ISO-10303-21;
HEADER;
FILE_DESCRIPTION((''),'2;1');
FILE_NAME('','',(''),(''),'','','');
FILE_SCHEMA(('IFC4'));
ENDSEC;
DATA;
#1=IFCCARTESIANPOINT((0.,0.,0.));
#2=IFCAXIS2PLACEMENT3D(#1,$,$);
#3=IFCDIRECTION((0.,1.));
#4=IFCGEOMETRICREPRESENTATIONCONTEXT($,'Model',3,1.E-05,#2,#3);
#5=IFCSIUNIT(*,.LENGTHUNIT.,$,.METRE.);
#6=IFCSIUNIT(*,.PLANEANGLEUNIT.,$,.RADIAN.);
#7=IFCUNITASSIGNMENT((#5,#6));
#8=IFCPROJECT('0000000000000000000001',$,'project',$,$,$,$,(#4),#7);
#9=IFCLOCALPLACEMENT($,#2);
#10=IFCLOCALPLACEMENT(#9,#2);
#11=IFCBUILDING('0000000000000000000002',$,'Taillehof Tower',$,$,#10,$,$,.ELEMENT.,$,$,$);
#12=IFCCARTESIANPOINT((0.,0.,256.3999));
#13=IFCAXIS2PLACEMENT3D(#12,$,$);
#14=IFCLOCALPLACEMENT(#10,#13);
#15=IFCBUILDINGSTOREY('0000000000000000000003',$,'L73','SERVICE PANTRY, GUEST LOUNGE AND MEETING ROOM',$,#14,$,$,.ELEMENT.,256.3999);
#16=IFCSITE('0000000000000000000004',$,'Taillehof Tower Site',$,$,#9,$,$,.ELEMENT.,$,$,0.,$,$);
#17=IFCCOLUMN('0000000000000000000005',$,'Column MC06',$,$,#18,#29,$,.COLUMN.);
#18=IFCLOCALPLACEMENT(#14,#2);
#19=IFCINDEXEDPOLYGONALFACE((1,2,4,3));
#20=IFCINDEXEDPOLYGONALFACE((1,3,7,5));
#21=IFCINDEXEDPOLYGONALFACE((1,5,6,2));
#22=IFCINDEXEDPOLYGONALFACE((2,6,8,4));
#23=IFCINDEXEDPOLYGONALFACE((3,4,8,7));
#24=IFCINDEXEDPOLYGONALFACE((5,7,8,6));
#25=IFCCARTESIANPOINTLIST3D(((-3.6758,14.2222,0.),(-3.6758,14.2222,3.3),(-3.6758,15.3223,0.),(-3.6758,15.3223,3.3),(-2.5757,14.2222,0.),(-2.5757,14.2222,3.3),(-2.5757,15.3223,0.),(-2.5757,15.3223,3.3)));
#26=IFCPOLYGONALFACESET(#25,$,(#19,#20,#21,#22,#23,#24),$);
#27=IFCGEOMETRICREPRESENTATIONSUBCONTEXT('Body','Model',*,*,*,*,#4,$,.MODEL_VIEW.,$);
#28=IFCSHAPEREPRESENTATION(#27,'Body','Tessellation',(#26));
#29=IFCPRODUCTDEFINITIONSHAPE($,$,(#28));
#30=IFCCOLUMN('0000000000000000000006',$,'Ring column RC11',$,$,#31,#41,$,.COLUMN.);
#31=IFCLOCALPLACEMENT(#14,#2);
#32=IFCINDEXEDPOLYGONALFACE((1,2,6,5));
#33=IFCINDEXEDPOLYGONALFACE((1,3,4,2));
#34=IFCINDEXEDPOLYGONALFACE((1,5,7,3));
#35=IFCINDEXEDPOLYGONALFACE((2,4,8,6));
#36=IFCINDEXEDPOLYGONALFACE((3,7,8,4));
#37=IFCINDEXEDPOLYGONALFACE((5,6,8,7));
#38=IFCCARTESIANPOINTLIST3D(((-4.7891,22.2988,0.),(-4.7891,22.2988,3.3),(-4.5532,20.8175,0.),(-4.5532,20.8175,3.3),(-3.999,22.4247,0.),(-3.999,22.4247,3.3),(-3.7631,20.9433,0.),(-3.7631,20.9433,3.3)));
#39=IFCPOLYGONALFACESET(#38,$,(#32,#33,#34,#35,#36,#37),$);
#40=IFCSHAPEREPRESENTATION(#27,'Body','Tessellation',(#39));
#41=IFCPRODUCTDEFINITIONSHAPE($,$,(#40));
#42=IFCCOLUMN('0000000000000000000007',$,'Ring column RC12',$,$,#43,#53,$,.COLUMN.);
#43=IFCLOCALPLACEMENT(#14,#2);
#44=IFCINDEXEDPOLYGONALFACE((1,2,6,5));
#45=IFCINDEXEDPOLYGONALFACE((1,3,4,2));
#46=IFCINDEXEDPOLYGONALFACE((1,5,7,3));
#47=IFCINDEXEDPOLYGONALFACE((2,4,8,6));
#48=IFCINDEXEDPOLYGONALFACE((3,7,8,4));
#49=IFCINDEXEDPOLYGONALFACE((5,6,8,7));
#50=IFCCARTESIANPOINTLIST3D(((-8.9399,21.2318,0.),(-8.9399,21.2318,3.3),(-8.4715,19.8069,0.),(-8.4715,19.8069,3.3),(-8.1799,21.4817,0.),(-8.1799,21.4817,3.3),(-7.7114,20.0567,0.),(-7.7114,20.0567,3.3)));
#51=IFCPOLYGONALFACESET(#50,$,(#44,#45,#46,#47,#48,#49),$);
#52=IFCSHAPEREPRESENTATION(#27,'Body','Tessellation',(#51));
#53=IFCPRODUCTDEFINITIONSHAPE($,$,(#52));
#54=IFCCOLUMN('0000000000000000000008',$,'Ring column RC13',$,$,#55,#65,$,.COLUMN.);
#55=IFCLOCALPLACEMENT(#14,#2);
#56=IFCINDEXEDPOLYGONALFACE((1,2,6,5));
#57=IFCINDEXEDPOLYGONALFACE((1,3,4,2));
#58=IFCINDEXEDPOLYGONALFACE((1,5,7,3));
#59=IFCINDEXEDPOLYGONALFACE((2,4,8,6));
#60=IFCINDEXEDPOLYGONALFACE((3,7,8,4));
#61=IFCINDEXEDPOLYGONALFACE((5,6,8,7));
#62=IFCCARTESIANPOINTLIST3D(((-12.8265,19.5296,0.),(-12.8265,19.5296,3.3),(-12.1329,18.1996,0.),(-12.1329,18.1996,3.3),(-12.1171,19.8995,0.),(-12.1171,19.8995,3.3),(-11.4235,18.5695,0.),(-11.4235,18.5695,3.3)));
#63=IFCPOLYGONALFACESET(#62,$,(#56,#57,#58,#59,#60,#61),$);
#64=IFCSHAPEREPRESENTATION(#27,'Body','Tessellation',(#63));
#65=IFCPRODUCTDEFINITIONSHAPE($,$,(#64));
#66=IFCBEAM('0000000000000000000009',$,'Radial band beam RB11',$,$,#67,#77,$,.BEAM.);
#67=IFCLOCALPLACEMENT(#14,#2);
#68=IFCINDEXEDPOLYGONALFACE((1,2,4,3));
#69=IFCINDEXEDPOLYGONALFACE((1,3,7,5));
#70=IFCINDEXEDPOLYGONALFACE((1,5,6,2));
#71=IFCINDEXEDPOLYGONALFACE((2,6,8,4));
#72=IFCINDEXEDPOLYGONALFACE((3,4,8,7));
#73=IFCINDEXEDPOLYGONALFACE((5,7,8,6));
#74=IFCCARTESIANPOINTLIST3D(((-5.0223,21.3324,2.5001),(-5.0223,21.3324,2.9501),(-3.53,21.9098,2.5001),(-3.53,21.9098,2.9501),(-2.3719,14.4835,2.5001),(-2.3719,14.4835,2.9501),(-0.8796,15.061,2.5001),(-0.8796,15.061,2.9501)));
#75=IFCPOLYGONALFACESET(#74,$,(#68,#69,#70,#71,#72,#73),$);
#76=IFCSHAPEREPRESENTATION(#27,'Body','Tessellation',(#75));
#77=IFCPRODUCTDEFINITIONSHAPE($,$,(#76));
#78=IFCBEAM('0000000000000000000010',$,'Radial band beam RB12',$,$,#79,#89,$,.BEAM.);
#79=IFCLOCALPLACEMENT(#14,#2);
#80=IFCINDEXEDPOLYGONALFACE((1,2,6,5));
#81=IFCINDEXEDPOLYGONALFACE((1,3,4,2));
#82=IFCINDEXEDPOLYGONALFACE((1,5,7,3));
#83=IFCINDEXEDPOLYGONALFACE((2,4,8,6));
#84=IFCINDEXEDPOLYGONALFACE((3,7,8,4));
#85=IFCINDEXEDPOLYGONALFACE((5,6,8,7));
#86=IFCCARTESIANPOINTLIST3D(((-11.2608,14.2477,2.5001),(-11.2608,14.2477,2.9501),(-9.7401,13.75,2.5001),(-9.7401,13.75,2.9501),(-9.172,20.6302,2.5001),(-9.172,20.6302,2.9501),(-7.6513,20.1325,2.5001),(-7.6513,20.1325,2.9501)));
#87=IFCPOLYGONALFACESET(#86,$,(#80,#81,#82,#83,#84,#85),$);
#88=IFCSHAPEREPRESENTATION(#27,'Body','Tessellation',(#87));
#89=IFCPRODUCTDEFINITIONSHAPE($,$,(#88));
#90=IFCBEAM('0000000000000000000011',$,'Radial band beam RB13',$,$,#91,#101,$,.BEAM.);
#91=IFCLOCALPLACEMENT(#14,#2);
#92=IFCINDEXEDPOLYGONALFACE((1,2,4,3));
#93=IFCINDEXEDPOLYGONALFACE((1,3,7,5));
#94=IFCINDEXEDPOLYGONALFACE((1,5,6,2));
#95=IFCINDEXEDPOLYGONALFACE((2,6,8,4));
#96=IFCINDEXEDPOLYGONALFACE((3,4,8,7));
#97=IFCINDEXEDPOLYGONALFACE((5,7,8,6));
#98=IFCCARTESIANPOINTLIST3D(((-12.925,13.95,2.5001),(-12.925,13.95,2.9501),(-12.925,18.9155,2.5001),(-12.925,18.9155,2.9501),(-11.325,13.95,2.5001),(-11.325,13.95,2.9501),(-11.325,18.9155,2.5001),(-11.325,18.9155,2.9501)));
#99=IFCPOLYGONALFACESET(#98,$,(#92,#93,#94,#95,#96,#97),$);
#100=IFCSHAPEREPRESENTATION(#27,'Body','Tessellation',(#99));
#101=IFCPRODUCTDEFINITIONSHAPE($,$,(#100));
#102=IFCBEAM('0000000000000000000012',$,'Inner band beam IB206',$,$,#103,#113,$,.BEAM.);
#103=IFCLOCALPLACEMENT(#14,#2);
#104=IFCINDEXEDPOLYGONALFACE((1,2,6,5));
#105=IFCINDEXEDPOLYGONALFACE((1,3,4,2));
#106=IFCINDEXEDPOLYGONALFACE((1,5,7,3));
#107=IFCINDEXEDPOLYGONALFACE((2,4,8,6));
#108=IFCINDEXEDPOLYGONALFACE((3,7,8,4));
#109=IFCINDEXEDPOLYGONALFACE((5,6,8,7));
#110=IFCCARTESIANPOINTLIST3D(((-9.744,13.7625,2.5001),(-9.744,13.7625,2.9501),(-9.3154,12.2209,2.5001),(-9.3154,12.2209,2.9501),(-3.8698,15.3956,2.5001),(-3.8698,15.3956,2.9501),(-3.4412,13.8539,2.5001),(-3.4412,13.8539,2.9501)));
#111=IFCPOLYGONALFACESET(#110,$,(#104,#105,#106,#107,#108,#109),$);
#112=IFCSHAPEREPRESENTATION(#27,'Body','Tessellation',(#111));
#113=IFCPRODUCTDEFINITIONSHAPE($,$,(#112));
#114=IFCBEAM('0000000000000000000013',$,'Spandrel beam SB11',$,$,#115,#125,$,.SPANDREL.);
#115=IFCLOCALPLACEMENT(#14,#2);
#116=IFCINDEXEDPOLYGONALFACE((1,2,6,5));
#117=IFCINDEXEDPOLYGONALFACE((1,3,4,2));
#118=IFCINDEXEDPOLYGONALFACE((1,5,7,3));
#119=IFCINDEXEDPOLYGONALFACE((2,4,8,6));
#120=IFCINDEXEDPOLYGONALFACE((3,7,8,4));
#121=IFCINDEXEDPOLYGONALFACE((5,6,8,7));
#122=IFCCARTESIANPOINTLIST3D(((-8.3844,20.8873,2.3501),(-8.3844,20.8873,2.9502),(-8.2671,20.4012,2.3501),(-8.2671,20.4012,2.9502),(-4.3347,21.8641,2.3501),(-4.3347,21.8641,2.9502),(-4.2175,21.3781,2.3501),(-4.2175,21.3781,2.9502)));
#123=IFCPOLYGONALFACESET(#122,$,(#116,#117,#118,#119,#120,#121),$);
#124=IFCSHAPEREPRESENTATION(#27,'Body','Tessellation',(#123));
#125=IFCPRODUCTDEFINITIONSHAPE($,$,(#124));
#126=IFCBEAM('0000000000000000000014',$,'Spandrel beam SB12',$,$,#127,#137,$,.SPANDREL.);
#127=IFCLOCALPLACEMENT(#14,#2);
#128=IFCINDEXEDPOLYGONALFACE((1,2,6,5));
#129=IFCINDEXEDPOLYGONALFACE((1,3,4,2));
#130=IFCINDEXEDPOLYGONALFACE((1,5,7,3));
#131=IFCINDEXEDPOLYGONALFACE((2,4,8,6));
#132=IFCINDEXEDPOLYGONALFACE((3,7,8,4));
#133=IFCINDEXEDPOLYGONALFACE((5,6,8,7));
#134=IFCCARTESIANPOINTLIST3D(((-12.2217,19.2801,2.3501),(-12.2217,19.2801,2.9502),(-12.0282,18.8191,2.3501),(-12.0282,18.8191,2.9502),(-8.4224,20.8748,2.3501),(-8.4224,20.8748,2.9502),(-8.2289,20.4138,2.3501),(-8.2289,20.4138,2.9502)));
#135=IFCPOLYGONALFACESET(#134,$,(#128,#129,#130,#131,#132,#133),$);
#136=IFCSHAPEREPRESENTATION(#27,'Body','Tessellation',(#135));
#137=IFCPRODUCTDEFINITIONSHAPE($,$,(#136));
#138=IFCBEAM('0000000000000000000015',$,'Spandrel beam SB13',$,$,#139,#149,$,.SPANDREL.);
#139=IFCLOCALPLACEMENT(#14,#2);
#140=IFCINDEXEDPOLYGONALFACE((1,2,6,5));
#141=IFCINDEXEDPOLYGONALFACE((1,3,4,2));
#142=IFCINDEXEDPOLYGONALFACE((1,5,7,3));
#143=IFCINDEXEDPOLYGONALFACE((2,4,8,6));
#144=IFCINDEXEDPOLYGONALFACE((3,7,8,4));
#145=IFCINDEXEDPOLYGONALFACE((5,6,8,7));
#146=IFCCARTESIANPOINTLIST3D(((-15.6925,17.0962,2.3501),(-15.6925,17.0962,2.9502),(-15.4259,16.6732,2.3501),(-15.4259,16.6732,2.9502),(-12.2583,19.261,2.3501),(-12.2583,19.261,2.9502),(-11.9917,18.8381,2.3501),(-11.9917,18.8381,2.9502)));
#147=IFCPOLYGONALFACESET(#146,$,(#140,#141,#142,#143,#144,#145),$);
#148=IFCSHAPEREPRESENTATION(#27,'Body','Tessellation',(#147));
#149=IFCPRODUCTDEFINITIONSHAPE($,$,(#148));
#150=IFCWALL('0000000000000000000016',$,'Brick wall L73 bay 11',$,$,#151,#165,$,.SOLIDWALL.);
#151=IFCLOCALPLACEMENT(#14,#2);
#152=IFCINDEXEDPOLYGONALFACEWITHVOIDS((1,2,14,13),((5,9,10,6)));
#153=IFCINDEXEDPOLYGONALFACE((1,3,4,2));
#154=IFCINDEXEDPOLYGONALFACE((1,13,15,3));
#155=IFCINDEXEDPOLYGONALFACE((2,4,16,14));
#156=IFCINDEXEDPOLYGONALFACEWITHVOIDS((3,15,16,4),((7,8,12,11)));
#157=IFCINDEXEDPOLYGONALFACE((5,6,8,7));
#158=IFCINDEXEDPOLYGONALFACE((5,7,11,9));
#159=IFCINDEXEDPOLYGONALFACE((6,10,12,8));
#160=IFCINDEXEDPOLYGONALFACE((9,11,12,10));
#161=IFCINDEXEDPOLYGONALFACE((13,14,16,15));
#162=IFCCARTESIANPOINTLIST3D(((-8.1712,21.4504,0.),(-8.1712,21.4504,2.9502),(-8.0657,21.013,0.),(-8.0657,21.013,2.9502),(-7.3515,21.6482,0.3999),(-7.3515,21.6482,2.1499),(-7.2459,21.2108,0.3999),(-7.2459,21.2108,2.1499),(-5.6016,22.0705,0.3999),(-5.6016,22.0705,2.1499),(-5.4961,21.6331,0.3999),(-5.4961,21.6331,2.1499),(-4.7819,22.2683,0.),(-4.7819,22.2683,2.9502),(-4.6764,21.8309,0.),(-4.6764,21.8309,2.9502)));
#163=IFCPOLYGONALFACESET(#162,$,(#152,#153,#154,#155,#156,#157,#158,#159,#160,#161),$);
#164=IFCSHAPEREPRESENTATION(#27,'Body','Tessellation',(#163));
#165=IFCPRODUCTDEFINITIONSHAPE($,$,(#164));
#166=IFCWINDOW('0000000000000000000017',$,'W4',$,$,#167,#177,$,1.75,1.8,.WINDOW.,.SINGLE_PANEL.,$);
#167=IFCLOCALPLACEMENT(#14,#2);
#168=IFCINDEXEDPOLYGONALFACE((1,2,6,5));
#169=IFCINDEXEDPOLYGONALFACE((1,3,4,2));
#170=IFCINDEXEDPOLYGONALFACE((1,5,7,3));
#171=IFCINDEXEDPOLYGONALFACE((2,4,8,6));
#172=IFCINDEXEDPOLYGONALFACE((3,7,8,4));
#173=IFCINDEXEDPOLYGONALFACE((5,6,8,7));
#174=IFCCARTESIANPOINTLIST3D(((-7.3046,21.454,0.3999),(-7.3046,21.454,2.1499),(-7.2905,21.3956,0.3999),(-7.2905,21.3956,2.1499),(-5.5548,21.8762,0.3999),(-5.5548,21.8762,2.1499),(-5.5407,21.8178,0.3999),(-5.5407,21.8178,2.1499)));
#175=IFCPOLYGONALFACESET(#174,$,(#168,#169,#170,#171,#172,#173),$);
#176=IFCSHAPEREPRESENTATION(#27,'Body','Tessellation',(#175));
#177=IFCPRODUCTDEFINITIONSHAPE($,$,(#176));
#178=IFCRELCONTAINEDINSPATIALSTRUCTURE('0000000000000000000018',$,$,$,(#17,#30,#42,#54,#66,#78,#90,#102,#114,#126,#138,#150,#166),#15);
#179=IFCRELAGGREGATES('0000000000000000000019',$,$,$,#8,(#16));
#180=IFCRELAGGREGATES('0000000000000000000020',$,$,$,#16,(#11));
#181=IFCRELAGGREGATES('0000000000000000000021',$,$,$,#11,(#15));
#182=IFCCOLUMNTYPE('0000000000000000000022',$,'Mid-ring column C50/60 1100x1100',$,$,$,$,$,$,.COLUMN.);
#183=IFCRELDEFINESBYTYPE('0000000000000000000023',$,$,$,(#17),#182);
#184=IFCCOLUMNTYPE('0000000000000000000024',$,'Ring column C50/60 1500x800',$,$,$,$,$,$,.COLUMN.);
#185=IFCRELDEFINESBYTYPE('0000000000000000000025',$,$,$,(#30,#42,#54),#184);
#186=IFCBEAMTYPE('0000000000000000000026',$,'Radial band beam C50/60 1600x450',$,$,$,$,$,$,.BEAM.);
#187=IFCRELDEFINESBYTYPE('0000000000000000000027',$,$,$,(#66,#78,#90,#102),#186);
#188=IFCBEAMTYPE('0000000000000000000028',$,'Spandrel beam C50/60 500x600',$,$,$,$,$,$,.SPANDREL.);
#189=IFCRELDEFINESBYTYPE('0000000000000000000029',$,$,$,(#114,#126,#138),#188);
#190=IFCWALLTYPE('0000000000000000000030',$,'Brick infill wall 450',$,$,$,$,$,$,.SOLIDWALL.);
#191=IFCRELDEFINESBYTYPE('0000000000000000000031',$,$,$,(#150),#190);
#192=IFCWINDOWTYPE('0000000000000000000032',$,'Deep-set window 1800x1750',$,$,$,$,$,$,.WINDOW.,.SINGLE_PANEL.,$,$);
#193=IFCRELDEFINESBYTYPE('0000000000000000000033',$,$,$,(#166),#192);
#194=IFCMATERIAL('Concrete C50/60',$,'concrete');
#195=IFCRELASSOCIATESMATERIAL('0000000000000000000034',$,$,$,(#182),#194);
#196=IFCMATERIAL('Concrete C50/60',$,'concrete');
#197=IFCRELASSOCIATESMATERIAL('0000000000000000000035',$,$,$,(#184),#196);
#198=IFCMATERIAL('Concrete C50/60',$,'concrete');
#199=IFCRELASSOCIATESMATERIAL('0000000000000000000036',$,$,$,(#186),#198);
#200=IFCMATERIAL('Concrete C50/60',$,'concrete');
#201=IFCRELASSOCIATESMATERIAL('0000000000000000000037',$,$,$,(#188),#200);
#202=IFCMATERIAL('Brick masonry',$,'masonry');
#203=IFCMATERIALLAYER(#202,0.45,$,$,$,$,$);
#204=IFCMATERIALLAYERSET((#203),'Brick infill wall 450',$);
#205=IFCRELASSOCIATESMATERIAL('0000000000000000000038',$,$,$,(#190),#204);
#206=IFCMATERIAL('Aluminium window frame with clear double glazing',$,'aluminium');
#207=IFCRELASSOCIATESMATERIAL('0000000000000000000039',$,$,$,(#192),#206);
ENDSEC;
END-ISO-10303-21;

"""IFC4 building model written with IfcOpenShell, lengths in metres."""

from ifc_helpers import new_model, si_unit, direction, frame, frame_2d, origin, origin_2d, place, context, subcontext, project, spatial, rectangle, extrude, material, layer, layer_set, material_profile, profile_set, type_object, element, fill, save


model = new_model("IFC4")

# Units and contexts
model_context = context("Model", 3, precision=1e-05, world=origin(), true_north=direction((0.0, 1.0)))
body_context = subcontext(model_context, "Body", "Model", "MODEL_VIEW")
ifc_project = project(units=[si_unit("LENGTHUNIT", "METRE"), si_unit("PLANEANGLEUNIT", "RADIAN")], contexts=[model_context])

# Site, building, storey
site_placement = place(None, origin())
site = spatial("IfcSite", under=ifc_project, at=site_placement, Name="Taillehof Tower Site", CompositionType="ELEMENT", RefElevation=0.0)
building_placement = place(site_placement, origin())
building = spatial("IfcBuilding", under=site, at=building_placement, Name="Taillehof Tower", CompositionType="ELEMENT")
storey_placement = place(building_placement, frame((0.0, 0.0, 256.3999)))
storey = spatial("IfcBuildingStorey", under=building, at=storey_placement, Name="L73", Description="SERVICE PANTRY, GUEST LOUNGE AND MEETING ROOM", CompositionType="ELEMENT", Elevation=256.3999)

# Columns
ifc_material_1 = material(Name="Concrete C50/60", Category="concrete")
ifc_material_profile_1 = material_profile(ifc_material_1, rectangle(XDim=1.1001, YDim=1.1001, at=origin_2d()), Name="RC 1100x1100")
ifc_profile_set_1 = profile_set([ifc_material_profile_1], Name="Concrete C50/60")
column_type_1 = type_object("IfcColumnType", Name="Mid-ring column C50/60 1100x1100", PredefinedType="COLUMN", material=ifc_profile_set_1)
column_placement = place(storey_placement, frame((-3.1257, 14.7722, 0.0), z_axis=(0.0, 0.0, 1.0), x_axis=(1.0, 0.0, 0.0)))
element("IfcColumn", 1, at=column_placement, inside=storey, type_object=column_type_1, Name="Column MC06", PredefinedType="COLUMN", context=body_context, shape_type="SweptSolid", body=[
    extrude(rectangle(XDim=1.1001, YDim=1.1001, at=origin_2d()), origin(), (0.0, 0.0, 1.0), 3.3),
])
ifc_material_2 = material(Name="Concrete C50/60", Category="concrete")
ifc_material_profile_2 = material_profile(ifc_material_2, rectangle(XDim=1.5, YDim=0.8, at=origin_2d()), Name="RC 1500x800")
ifc_profile_set_2 = profile_set([ifc_material_profile_2], Name="Concrete C50/60")
column_type_2 = type_object("IfcColumnType", Name="Ring column C50/60 1500x800", PredefinedType="COLUMN", material=ifc_profile_set_2)
for number, where, z_axis, x_axis, name in (
    (2, (-4.2761, 21.6211, 0.0), (0.0, 0.0, 1.0), (-0.157281, 0.987554, 0.0), "Ring column RC11"),
    (3, (-8.3257, 20.6443, 0.0), (0.0, 0.0, 1.0), (-0.312304, 0.949982, 0.0), "Ring column RC12"),
    (4, (-12.125, 19.0496, 0.0), (0.0, 0.0, 1.0), (-0.462384, 0.88668, 0.0), "Ring column RC13"),
):
    element("IfcColumn", number, at=place(storey_placement, frame(where, z_axis=z_axis, x_axis=x_axis)), inside=storey, type_object=column_type_2, Name=name, PredefinedType="COLUMN", context=body_context, shape_type="SweptSolid", body=[
        extrude(rectangle(XDim=1.5, YDim=0.8, at=origin_2d()), origin(), (0.0, 0.0, 1.0), 3.3),
    ])

# Beams
ifc_material_3 = material(Name="Concrete C50/60", Category="concrete")
ifc_material_profile_3 = material_profile(ifc_material_3, rectangle(XDim=1.6001, YDim=0.45, at=origin_2d()), Name="RC 1600x450")
ifc_profile_set_3 = profile_set([ifc_material_profile_3], Name="Concrete C50/60")
beam_type_1 = type_object("IfcBeamType", Name="Radial band beam C50/60 1600x450", PredefinedType="BEAM", material=ifc_profile_set_3)
beam_1_placement = place(storey_placement, frame((-4.2761, 21.6211, 2.7251), z_axis=(0.360901, -0.932604, 0.0), x_axis=(0.932604, 0.360901, 0.0)))
element("IfcBeam", 5, at=beam_1_placement, inside=storey, type_object=beam_type_1, Name="Radial band beam RB11", PredefinedType="BEAM", context=body_context, shape_type="SweptSolid", body=[
    extrude(rectangle(XDim=1.6001, YDim=0.45, at=origin_2d()), origin(), (0.0, 0.0, 1.0), 7.3438),
])
beam_2_placement = place(storey_placement, frame((-8.4116, 20.3813, 2.7251), z_axis=(-0.311043, -0.950396, 0.0), x_axis=(0.950396, -0.311043, 0.0)))
element("IfcBeam", 6, at=beam_2_placement, inside=storey, type_object=beam_type_1, Name="Radial band beam RB12", PredefinedType="BEAM", context=body_context, shape_type="SweptSolid", body=[
    extrude(rectangle(XDim=1.6001, YDim=0.45, at=origin_2d()), origin(), (0.0, 0.0, 1.0), 6.7156),
])
beam_3_placement = place(storey_placement, frame((-12.125, 18.9155, 2.7251), z_axis=(0.0, -1.0, 0.0), x_axis=(1.0, 0.0, 0.0)))
element("IfcBeam", 7, at=beam_3_placement, inside=storey, type_object=beam_type_1, Name="Radial band beam RB13", PredefinedType="BEAM", context=body_context, shape_type="SweptSolid", body=[
    extrude(rectangle(XDim=1.6001, YDim=0.45, at=origin_2d()), origin(), (0.0, 0.0, 1.0), 4.9656),
])
beam_4_placement = place(storey_placement, frame((-3.6555, 14.6248, 2.7251), z_axis=(-0.963459, -0.267855, 0.0), x_axis=(0.267855, -0.963459, 0.0)))
element("IfcBeam", 8, at=beam_4_placement, inside=storey, type_object=beam_type_1, Name="Inner band beam IB206", PredefinedType="BEAM", context=body_context, shape_type="SweptSolid", body=[
    extrude(rectangle(XDim=1.6001, YDim=0.45, at=origin_2d()), origin(), (0.0, 0.0, 1.0), 6.0969),
])
ifc_material_4 = material(Name="Concrete C50/60", Category="concrete")
ifc_material_profile_4 = material_profile(ifc_material_4, rectangle(XDim=0.5, YDim=0.6001, at=origin_2d()), Name="RC 500x600")
ifc_profile_set_4 = profile_set([ifc_material_profile_4], Name="Concrete C50/60")
beam_type_2 = type_object("IfcBeamType", Name="Spandrel beam C50/60 500x600", PredefinedType="SPANDREL", material=ifc_profile_set_4)
beam_5_placement = place(storey_placement, frame((-4.2761, 21.6211, 2.6501), z_axis=(-0.972119, -0.234488, 0.0), x_axis=(0.234488, -0.972119, 0.0)))
element("IfcBeam", 9, at=beam_5_placement, inside=storey, type_object=beam_type_2, Name="Spandrel beam SB11", PredefinedType="SPANDREL", context=body_context, shape_type="SweptSolid", body=[
    extrude(rectangle(XDim=0.5, YDim=0.6001, at=origin_2d()), origin(), (0.0, 0.0, 1.0), 4.1658),
])
beam_6_placement = place(storey_placement, frame((-8.3257, 20.6443, 2.6501), z_axis=(-0.922068, -0.387029, 0.0), x_axis=(0.387029, -0.922068, 0.0)))
element("IfcBeam", 10, at=beam_6_placement, inside=storey, type_object=beam_type_2, Name="Spandrel beam SB12", PredefinedType="SPANDREL", context=body_context, shape_type="SweptSolid", body=[
    extrude(rectangle(XDim=0.5, YDim=0.6001, at=origin_2d()), origin(), (0.0, 0.0, 1.0), 4.1204),
])
beam_7_placement = place(storey_placement, frame((-12.125, 19.0496, 2.6501), z_axis=(-0.845944, -0.533271, 0.0), x_axis=(0.533271, -0.845944, 0.0)))
element("IfcBeam", 11, at=beam_7_placement, inside=storey, type_object=beam_type_2, Name="Spandrel beam SB13", PredefinedType="SPANDREL", context=body_context, shape_type="SweptSolid", body=[
    extrude(rectangle(XDim=0.5, YDim=0.6001, at=origin_2d()), origin(), (0.0, 0.0, 1.0), 4.0596),
])

# Wall, opening, window
ifc_material_5 = material(Name="Brick masonry", Category="masonry")
ifc_layer_1 = layer(ifc_material_5, 0.45)
ifc_layer_set_1 = layer_set([ifc_layer_1], Name="Brick infill wall 450")
wall_type_1 = type_object("IfcWallType", Name="Brick infill wall 450", PredefinedType="SOLIDWALL", material=ifc_layer_set_1)
wall_1_placement = place(storey_placement, frame((-4.7292, 22.0496, 0.0), z_axis=(0.0, 0.0, 1.0), x_axis=(-0.972099, -0.23457, 0.0)))
wall_1 = element("IfcWall", 12, at=wall_1_placement, inside=storey, type_object=wall_type_1, Name="Brick wall L73 bay 11", PredefinedType="SOLIDWALL", context=body_context, shape_type="SweptSolid", body=[
    extrude(rectangle(XDim=3.4866, YDim=0.45, at=frame_2d((1.7432, 0.0))), origin(), (0.0, 0.0, 1.0), 2.9502),
])
opening_1_placement = place(wall_1_placement, frame((0.8433, 0.0, 0.3999)))
opening_1 = element("IfcOpeningElement", 13, at=opening_1_placement, cuts=wall_1, PredefinedType="OPENING", context=body_context, shape_type="SweptSolid", body=[
    extrude(rectangle(XDim=1.8, YDim=1.75, at=frame_2d((0.8999, 0.875))), frame((0.0, 0.2349, 0.0), z_axis=(0.0, -1.0, 0.0), x_axis=(1.0, 0.0, 0.0)), (0.0, 0.0, 1.0), 0.47),
])
ifc_material_6 = material(Name="Aluminium window frame with clear double glazing", Category="aluminium")
window_type_1 = type_object("IfcWindowType", Name="Deep-set window 1800x1750", PartitioningType="SINGLE_PANEL", PredefinedType="WINDOW", material=ifc_material_6)
window_1_placement = place(opening_1_placement, origin())
window_1 = element("IfcWindow", 14, at=window_1_placement, inside=storey, type_object=window_type_1, Name="W4", OverallHeight=1.75, OverallWidth=1.8, PartitioningType="SINGLE_PANEL", PredefinedType="WINDOW", context=body_context, shape_type="SweptSolid", body=[
    extrude(rectangle(XDim=1.8, YDim=1.75, at=frame_2d((0.8999, 0.875))), frame((0.0, 0.0349, 0.0), z_axis=(0.0, -1.0, 0.0), x_axis=(1.0, 0.0, 0.0)), (0.0, 0.0, 1.0), 0.0601),
])
fill(opening_1, window_1)

save(model, "model.ifc")
